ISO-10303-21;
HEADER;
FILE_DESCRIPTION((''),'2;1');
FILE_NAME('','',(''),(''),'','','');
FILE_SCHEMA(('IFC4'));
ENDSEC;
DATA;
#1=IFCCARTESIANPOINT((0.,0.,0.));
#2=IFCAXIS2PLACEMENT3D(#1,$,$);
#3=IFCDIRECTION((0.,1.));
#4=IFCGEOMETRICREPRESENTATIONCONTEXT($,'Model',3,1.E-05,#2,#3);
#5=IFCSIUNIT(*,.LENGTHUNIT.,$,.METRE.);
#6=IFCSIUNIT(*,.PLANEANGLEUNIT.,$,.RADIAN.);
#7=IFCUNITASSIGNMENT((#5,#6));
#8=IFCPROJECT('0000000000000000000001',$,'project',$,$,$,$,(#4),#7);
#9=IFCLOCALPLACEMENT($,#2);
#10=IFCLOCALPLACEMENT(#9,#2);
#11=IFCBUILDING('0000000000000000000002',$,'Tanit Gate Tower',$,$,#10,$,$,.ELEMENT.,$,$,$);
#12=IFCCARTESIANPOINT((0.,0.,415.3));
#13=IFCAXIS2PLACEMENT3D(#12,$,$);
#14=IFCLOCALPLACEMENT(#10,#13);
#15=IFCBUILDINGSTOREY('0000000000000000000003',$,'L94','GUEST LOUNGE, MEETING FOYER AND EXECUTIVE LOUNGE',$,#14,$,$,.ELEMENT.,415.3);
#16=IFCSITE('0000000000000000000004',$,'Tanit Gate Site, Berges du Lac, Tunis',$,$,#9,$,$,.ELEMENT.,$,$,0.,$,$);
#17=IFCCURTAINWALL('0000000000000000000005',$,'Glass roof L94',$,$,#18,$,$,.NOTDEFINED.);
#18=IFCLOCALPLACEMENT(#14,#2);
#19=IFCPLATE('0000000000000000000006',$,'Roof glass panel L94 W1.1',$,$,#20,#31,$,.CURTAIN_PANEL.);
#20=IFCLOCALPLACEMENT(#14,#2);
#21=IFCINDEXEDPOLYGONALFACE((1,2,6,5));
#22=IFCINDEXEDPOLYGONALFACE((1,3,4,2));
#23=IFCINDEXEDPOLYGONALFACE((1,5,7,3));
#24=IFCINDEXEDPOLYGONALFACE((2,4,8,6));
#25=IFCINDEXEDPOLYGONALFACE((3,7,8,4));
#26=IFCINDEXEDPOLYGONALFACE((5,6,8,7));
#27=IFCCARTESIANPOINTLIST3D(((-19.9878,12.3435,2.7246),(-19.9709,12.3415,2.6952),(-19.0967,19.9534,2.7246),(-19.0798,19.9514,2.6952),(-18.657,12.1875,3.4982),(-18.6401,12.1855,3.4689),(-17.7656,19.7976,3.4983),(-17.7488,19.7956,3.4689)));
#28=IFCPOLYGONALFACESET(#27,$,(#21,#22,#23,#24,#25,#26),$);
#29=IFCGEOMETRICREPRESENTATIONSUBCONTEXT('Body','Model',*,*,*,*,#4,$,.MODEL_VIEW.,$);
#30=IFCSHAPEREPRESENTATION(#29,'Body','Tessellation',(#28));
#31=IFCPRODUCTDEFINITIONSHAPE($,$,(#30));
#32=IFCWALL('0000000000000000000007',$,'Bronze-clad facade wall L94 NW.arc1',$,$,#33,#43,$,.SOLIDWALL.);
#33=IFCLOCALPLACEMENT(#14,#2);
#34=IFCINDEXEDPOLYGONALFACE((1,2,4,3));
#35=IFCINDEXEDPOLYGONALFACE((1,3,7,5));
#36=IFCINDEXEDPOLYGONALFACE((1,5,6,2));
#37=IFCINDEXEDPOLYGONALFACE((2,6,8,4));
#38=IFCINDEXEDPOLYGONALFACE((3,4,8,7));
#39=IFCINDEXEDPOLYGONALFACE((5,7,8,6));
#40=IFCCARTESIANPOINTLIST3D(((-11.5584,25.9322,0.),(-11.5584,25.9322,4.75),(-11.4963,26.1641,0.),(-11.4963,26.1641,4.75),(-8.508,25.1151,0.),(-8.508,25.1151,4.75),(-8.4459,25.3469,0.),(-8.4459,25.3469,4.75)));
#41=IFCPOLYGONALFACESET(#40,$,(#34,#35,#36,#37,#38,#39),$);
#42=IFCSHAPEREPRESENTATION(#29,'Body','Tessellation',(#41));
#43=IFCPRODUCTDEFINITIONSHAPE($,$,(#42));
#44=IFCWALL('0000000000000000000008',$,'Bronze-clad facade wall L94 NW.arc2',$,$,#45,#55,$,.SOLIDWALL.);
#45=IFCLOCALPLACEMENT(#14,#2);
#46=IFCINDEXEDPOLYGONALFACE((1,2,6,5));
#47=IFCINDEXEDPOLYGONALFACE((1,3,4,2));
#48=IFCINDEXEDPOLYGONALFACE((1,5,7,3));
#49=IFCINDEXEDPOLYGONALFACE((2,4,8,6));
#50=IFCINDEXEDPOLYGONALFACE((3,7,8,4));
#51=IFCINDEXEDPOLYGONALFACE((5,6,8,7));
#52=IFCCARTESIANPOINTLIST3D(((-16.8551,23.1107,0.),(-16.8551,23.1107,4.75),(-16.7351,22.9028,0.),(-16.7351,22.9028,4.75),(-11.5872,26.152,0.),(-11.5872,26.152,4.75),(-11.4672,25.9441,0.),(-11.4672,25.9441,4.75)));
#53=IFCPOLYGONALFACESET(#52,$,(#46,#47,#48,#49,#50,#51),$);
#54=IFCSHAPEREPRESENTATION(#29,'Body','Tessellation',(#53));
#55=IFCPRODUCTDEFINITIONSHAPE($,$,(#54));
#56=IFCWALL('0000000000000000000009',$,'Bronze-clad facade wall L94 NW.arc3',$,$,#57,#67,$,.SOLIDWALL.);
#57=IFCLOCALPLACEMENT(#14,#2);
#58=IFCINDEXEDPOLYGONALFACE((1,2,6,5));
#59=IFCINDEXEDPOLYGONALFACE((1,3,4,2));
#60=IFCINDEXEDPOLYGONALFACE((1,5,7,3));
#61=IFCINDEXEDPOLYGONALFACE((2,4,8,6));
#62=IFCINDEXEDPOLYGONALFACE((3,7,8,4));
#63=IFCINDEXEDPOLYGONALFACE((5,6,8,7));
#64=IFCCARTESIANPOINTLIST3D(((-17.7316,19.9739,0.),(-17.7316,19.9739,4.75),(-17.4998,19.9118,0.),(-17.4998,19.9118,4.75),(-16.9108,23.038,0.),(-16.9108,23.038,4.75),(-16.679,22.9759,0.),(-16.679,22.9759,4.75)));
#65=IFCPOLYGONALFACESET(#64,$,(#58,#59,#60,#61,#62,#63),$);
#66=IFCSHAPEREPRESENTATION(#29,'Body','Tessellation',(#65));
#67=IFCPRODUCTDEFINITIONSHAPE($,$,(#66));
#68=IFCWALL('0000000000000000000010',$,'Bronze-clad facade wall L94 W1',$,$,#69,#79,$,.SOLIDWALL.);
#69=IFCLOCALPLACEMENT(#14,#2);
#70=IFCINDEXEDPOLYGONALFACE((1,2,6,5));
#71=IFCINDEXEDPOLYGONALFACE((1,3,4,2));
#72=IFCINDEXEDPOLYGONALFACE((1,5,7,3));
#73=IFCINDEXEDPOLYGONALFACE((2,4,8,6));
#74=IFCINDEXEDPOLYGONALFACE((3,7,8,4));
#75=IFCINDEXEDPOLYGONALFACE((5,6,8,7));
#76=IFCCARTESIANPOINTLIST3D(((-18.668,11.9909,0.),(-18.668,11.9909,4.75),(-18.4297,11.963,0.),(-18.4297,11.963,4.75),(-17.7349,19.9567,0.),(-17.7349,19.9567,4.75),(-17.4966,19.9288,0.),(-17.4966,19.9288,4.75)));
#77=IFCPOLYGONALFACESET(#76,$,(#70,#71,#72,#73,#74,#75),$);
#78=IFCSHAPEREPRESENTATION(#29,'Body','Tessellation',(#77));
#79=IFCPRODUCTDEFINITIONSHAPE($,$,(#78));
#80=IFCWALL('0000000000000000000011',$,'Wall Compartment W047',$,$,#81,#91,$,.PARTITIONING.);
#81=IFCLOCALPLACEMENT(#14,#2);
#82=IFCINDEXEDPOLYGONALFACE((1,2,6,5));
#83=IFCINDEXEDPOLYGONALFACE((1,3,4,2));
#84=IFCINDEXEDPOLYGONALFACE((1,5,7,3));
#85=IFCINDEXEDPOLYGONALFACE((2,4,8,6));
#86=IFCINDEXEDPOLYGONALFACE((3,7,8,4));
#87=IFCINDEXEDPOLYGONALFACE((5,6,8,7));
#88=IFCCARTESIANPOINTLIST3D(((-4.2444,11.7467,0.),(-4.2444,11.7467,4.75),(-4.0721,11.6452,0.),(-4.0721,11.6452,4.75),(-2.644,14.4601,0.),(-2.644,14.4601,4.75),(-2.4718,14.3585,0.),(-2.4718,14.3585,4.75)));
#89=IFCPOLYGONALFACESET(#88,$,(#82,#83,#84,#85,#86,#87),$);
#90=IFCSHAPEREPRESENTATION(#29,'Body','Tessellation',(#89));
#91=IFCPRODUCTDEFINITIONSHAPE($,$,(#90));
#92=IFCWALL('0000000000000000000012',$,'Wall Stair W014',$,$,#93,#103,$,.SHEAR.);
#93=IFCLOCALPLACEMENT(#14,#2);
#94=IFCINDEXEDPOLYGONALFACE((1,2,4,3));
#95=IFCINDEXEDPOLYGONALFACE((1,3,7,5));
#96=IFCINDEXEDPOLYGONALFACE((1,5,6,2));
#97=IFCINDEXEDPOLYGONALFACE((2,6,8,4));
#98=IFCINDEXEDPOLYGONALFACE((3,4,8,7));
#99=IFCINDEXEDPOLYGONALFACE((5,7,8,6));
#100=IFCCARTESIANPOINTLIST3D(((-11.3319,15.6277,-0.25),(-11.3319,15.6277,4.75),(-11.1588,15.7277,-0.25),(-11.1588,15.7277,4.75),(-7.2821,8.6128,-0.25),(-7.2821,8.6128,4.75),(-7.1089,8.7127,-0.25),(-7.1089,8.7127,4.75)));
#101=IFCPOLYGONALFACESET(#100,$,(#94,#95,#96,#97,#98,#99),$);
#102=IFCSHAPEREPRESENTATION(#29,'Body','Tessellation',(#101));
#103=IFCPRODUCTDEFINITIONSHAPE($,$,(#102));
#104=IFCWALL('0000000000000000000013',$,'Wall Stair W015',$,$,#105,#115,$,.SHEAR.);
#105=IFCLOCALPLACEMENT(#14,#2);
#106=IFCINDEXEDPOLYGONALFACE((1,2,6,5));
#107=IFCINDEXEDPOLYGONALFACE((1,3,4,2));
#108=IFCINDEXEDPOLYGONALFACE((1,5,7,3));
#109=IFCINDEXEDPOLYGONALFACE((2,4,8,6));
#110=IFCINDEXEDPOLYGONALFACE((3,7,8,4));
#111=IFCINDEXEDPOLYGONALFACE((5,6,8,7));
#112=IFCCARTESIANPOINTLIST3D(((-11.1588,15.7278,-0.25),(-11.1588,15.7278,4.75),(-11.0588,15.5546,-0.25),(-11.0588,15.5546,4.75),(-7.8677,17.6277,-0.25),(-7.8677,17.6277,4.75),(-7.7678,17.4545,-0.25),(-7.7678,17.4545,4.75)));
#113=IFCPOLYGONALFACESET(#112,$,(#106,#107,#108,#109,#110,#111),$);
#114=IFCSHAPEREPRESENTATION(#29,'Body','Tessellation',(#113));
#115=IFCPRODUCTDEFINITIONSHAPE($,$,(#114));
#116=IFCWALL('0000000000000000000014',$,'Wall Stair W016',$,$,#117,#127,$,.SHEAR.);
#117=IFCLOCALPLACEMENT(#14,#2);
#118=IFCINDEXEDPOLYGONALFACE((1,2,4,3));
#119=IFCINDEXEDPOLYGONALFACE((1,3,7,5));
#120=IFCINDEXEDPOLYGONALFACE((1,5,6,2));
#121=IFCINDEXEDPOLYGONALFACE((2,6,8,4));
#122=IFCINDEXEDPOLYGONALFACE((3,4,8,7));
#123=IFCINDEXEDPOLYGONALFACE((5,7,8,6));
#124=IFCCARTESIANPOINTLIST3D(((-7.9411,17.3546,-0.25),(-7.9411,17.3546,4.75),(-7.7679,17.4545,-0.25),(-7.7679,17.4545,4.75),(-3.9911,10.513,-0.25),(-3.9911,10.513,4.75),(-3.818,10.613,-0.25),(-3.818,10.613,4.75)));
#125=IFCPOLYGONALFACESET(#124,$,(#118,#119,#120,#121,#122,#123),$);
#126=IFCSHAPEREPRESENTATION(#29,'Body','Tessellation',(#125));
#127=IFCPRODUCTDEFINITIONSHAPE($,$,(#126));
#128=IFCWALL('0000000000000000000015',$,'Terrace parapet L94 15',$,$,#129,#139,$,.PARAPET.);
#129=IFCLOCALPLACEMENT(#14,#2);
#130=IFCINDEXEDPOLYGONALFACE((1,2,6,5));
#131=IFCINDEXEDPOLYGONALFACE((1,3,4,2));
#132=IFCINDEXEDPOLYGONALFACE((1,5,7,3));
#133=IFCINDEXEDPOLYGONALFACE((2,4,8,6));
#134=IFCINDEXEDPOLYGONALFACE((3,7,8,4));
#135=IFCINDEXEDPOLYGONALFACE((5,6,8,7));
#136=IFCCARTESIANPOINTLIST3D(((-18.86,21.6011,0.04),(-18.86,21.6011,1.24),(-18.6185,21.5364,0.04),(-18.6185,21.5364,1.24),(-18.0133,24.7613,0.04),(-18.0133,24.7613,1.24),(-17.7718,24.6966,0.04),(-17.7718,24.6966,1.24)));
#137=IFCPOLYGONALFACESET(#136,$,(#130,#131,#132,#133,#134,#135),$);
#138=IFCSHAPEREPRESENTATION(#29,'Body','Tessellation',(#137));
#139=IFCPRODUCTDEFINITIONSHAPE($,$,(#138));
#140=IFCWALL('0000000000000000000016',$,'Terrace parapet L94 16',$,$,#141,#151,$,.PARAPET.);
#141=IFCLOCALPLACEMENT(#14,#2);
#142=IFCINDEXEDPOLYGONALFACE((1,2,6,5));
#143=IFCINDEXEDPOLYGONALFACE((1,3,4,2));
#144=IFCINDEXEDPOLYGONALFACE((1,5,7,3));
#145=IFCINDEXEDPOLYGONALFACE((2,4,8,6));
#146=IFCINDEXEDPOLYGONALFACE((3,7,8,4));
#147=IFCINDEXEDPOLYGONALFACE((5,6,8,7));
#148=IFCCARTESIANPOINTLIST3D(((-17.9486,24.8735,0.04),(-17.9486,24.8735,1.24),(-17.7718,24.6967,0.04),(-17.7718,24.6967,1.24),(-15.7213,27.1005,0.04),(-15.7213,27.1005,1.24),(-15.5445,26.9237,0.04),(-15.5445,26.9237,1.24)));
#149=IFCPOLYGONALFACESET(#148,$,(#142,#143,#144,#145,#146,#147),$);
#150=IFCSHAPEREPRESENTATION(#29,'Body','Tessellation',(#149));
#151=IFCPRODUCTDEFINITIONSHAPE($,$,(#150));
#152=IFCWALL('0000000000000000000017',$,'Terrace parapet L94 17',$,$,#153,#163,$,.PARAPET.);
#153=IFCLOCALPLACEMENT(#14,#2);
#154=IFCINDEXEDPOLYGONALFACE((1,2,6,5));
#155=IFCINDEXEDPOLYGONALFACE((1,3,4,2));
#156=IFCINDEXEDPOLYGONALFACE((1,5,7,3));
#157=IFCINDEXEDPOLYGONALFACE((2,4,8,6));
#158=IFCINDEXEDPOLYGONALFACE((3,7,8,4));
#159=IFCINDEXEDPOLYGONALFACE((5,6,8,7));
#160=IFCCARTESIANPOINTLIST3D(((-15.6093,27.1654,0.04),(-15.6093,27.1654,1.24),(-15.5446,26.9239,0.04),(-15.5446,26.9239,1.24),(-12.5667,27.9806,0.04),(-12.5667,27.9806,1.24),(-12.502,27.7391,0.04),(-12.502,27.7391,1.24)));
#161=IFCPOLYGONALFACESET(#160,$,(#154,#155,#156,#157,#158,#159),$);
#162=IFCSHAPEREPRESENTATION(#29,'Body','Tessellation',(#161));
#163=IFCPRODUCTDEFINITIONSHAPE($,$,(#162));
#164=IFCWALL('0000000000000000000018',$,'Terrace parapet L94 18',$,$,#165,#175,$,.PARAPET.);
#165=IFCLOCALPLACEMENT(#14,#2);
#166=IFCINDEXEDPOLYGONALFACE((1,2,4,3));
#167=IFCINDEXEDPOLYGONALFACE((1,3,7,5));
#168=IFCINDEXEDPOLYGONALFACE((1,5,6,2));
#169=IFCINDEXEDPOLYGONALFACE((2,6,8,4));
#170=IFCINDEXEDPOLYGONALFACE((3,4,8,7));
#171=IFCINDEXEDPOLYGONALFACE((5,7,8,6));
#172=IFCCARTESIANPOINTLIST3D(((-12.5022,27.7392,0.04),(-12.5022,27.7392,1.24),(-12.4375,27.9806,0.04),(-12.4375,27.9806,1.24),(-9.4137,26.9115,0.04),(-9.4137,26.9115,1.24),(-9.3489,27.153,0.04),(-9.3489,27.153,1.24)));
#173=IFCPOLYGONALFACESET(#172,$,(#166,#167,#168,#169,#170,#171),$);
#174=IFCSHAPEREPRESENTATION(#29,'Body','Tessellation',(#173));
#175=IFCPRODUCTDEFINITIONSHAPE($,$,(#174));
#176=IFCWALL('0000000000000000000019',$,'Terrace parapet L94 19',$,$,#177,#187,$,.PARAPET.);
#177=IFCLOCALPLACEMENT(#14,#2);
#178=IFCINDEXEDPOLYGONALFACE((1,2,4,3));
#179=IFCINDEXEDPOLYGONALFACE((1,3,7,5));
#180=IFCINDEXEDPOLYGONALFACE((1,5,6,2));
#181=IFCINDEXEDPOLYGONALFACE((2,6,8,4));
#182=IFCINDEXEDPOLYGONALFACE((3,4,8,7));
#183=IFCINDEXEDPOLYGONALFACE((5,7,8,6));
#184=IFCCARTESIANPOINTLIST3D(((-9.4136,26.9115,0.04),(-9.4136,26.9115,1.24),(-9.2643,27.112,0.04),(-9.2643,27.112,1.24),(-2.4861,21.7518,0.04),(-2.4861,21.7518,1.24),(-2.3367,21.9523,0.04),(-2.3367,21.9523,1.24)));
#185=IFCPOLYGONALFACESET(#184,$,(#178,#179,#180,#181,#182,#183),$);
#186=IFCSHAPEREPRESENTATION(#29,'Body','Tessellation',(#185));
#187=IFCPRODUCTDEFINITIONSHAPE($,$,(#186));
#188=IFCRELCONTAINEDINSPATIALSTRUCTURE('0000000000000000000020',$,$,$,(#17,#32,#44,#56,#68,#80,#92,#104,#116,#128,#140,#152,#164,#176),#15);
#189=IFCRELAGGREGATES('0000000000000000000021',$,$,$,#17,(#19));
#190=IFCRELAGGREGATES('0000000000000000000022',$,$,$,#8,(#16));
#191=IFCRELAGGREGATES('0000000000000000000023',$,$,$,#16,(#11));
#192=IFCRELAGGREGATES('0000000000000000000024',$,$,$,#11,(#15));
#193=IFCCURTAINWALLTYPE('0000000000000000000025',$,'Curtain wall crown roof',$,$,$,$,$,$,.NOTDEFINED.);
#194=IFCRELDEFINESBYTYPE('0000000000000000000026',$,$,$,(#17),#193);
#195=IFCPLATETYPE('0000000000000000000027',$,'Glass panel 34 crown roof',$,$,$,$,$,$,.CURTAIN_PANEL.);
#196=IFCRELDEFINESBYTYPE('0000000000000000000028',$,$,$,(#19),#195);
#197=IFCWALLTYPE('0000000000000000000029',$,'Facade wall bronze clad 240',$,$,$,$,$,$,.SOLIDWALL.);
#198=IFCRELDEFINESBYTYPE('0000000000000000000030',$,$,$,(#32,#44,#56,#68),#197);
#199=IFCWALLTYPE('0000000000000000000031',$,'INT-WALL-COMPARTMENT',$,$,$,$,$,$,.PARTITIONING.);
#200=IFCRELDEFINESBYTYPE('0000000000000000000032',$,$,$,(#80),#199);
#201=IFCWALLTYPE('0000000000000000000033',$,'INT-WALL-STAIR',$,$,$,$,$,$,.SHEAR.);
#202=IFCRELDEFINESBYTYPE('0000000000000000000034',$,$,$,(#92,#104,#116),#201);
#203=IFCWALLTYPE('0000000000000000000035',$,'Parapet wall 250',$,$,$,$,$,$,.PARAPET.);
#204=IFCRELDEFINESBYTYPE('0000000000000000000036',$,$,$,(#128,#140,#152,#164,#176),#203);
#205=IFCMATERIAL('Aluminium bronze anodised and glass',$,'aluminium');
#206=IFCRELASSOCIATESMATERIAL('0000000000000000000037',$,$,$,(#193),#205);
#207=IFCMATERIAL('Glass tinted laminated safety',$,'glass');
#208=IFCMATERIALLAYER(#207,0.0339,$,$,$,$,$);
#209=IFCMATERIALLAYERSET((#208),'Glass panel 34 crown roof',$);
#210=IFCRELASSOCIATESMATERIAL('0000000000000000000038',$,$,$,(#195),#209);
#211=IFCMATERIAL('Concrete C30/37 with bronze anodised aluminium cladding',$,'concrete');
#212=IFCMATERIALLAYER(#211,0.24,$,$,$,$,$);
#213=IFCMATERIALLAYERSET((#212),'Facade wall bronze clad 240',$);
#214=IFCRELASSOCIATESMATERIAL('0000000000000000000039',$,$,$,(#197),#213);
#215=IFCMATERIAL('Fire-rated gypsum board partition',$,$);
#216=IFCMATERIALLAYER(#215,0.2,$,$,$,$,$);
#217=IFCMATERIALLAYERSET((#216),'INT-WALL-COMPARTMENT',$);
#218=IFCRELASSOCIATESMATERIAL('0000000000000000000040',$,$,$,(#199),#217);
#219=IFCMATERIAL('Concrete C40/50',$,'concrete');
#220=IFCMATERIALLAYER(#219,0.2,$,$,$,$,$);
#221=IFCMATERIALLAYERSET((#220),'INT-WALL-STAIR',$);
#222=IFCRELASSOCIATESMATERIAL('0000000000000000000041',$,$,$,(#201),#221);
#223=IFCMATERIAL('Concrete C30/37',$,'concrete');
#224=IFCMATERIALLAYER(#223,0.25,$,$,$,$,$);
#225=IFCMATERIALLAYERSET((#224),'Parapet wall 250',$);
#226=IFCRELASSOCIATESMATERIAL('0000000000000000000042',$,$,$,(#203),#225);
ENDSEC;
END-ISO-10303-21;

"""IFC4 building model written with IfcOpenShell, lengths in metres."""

from ifc_helpers import new_model, si_unit, direction, frame, frame_2d, origin, place, context, subcontext, project, spatial, polyline, rectangle, outline, extrude, material, layer, layer_set, type_object, element, aggregate, save


model = new_model("IFC4")

# Units and contexts
model_context = context("Model", 3, precision=1e-05, world=origin(), true_north=direction((0.0, 1.0)))
body_context = subcontext(model_context, "Body", "Model", "MODEL_VIEW")
ifc_project = project(units=[si_unit("LENGTHUNIT", "METRE"), si_unit("PLANEANGLEUNIT", "RADIAN")], contexts=[model_context])

# Site, building, storey
site_placement = place(None, origin())
site = spatial("IfcSite", under=ifc_project, at=site_placement, Name="Tanit Gate Site, Berges du Lac, Tunis", CompositionType="ELEMENT", RefElevation=0.0)
building_placement = place(site_placement, origin())
building = spatial("IfcBuilding", under=site, at=building_placement, Name="Tanit Gate Tower", CompositionType="ELEMENT")
storey_placement = place(building_placement, frame((0.0, 0.0, 415.3)))
storey = spatial("IfcBuildingStorey", under=building, at=storey_placement, Name="L94", Description="GUEST LOUNGE, MEETING FOYER AND EXECUTIVE LOUNGE", CompositionType="ELEMENT", Elevation=415.3)

# Curtain wall
ifc_material_1 = material(Name="Aluminium bronze anodised and glass", Category="aluminium")
curtain_wall_type = type_object("IfcCurtainWallType", Name="Curtain wall crown roof", PredefinedType="NOTDEFINED", material=ifc_material_1)
curtain_wall_placement = place(storey_placement, origin())
curtain_wall = element("IfcCurtainWall", 1, at=curtain_wall_placement, inside=storey, type_object=curtain_wall_type, Name="Glass roof L94", PredefinedType="NOTDEFINED")

# Plate
ifc_material_2 = material(Name="Glass tinted laminated safety", Category="glass")
ifc_layer_1 = layer(ifc_material_2, 0.0339)
ifc_layer_set_1 = layer_set([ifc_layer_1], Name="Glass panel 34 crown roof")
plate_type = type_object("IfcPlateType", Name="Glass panel 34 crown roof", PredefinedType="CURTAIN_PANEL", material=ifc_layer_set_1)
plate_1_placement = place(storey_placement, frame((-17.7656, 19.7976, 3.4983), z_axis=(-0.496613, 0.05816, 0.866021), x_axis=(-0.116329, -0.993211, -0.000006)))
plate_1 = element("IfcPlate", 2, at=plate_1_placement, type_object=plate_type, Name="Roof glass panel L94 W1.1", PredefinedType="CURTAIN_PANEL", context=body_context, shape_type="SweptSolid", body=[
    extrude(outline(polyline([(0.0, 0.0), (7.6621, 0.0), (7.662, -1.5472), (0.0001, -1.5474), (0.0, 0.0)])), origin(), (0.0, 0.0, -1.0), 0.0339),
])
aggregate(curtain_wall, [plate_1])

# Walls
ifc_material_3 = material(Name="Concrete C30/37 with bronze anodised aluminium cladding", Category="concrete")
ifc_layer_2 = layer(ifc_material_3, 0.24)
ifc_layer_set_2 = layer_set([ifc_layer_2], Name="Facade wall bronze clad 240")
wall_type_1 = type_object("IfcWallType", Name="Facade wall bronze clad 240", PredefinedType="SOLIDWALL", material=ifc_layer_set_2)
wall_1_placement = place(storey_placement, frame((-8.4768, 25.231, 0.0), z_axis=(0.0, 0.0, 1.0), x_axis=(-0.96594, 0.258764, 0.0)))
element("IfcWall", 3, at=wall_1_placement, inside=storey, type_object=wall_type_1, Name="Bronze-clad facade wall L94 NW.arc1", PredefinedType="SOLIDWALL", context=body_context, shape_type="SweptSolid", body=[
    extrude(rectangle(XDim=3.158, YDim=0.24, at=frame_2d((1.5791, 0.0))), origin(), (0.0, 0.0, 1.0), 4.75),
])
wall_2_placement = place(storey_placement, frame((-11.5271, 26.0481, 0.0), z_axis=(0.0, 0.0, 1.0), x_axis=(-0.866034, -0.499985, 0.0)))
element("IfcWall", 4, at=wall_2_placement, inside=storey, type_object=wall_type_1, Name="Bronze-clad facade wall L94 NW.arc2", PredefinedType="SOLIDWALL", context=body_context, shape_type="SweptSolid", body=[
    extrude(rectangle(XDim=6.0828, YDim=0.24, at=frame_2d((3.0415, 0.0))), origin(), (0.0, 0.0, 1.0), 4.75),
])
wall_3_placement = place(storey_placement, frame((-16.7949, 23.0068, 0.0), z_axis=(0.0, 0.0, 1.0), x_axis=(-0.258764, -0.96594, 0.0)))
element("IfcWall", 5, at=wall_3_placement, inside=storey, type_object=wall_type_1, Name="Bronze-clad facade wall L94 NW.arc3", PredefinedType="SOLIDWALL", context=body_context, shape_type="SweptSolid", body=[
    extrude(rectangle(XDim=3.1721, YDim=0.24, at=frame_2d((1.5859, 0.0))), origin(), (0.0, 0.0, 1.0), 4.75),
])
wall_4_placement = place(storey_placement, frame((-17.6157, 19.9429, 0.0), z_axis=(0.0, 0.0, 1.0), x_axis=(-0.116343, -0.993209, 0.0)))
element("IfcWall", 6, at=wall_4_placement, inside=storey, type_object=wall_type_1, Name="Bronze-clad facade wall L94 W1", PredefinedType="SOLIDWALL", context=body_context, shape_type="SweptSolid", body=[
    extrude(rectangle(XDim=8.0203, YDim=0.24, at=frame_2d((4.0103, 0.0))), origin(), (0.0, 0.0, 1.0), 4.75),
])
ifc_material_4 = material(Name="Fire-rated gypsum board partition")
ifc_layer_3 = layer(ifc_material_4, 0.2)
ifc_layer_set_3 = layer_set([ifc_layer_3], Name="INT-WALL-COMPARTMENT")
wall_type_2 = type_object("IfcWallType", Name="INT-WALL-COMPARTMENT", PredefinedType="PARTITIONING", material=ifc_layer_set_3)
wall_5_placement = place(storey_placement, frame((-2.5579, 14.4094, 0.0), z_axis=(0.0, 0.0, 1.0), x_axis=(-0.508019, -0.861346, 0.0)))
element("IfcWall", 7, at=wall_5_placement, inside=storey, type_object=wall_type_2, Name="Wall Compartment W047", PredefinedType="PARTITIONING", context=body_context, shape_type="SweptSolid", body=[
    extrude(rectangle(XDim=3.1501, YDim=0.2, at=frame_2d((1.5752, 0.0))), origin(), (0.0, 0.0, 1.0), 4.75),
])
ifc_material_5 = material(Name="Concrete C40/50", Category="concrete")
ifc_layer_4 = layer(ifc_material_5, 0.2)
ifc_layer_set_4 = layer_set([ifc_layer_4], Name="INT-WALL-STAIR")
wall_type_3 = type_object("IfcWallType", Name="INT-WALL-STAIR", PredefinedType="SHEAR", material=ifc_layer_set_4)
wall_6_placement = place(storey_placement, frame((-11.2454, 15.6777, -0.25), z_axis=(0.0, 0.0, 1.0), x_axis=(0.499977, -0.866039, 0.0)))
element("IfcWall", 8, at=wall_6_placement, inside=storey, type_object=wall_type_3, Name="Wall Stair W014", PredefinedType="SHEAR", context=body_context, shape_type="SweptSolid", body=[
    extrude(rectangle(XDim=8.1001, YDim=0.2, at=frame_2d((4.05, 0.0))), origin(), (0.0, 0.0, 1.0), 5.0),
])
wall_7_placement = place(storey_placement, frame((-7.8179, 17.541, -0.25), z_axis=(0.0, 0.0, 1.0), x_axis=(-0.866044, -0.499967, 0.0)))
element("IfcWall", 9, at=wall_7_placement, inside=storey, type_object=wall_type_3, Name="Wall Stair W015", PredefinedType="SHEAR", context=body_context, shape_type="SweptSolid", body=[
    extrude(rectangle(XDim=3.8, YDim=0.2, at=frame_2d((1.8999, 0.0))), origin(), (0.0, 0.0, 1.0), 5.0),
])
wall_8_placement = place(storey_placement, frame((-7.8545, 17.4045, -0.25), z_axis=(0.0, 0.0, 1.0), x_axis=(0.499998, -0.866027, 0.0)))
element("IfcWall", 10, at=wall_8_placement, inside=storey, type_object=wall_type_3, Name="Wall Stair W016", PredefinedType="SHEAR", context=body_context, shape_type="SweptSolid", body=[
    extrude(rectangle(XDim=7.8999, YDim=0.2, at=frame_2d((3.95, 0.0))), origin(), (0.0, 0.0, 1.0), 5.0),
])
ifc_material_6 = material(Name="Concrete C30/37", Category="concrete")
ifc_layer_5 = layer(ifc_material_6, 0.25)
ifc_layer_set_5 = layer_set([ifc_layer_5], Name="Parapet wall 250")
wall_type_4 = type_object("IfcWallType", Name="Parapet wall 250", PredefinedType="PARAPET", material=ifc_layer_set_5)
wall_9_placement = place(storey_placement, frame((-18.7393, 21.5688, 0.04), z_axis=(0.0, 0.0, 1.0), x_axis=(0.258796, 0.965932, 0.0)))
element("IfcWall", 11, at=wall_9_placement, inside=storey, type_object=wall_type_4, Name="Terrace parapet L94 15", PredefinedType="PARAPET", context=body_context, shape_type="SweptSolid", body=[
    extrude(rectangle(XDim=3.2717, YDim=0.25, at=frame_2d((1.6357, 0.0))), origin(), (0.0, 0.0, 1.0), 1.2),
])
wall_10_placement = place(storey_placement, frame((-17.8601, 24.7852, 0.04), z_axis=(0.0, 0.0, 1.0), x_axis=(0.707146, 0.707068, 0.0)))
element("IfcWall", 12, at=wall_10_placement, inside=storey, type_object=wall_type_4, Name="Terrace parapet L94 16", PredefinedType="PARAPET", context=body_context, shape_type="SweptSolid", body=[
    extrude(rectangle(XDim=3.1497, YDim=0.25, at=frame_2d((1.5747, 0.0))), origin(), (0.0, 0.0, 1.0), 1.2),
])
wall_11_placement = place(storey_placement, frame((-15.5769, 27.0447, 0.04), z_axis=(0.0, 0.0, 1.0), x_axis=(0.965929, 0.258806, 0.0)))
element("IfcWall", 13, at=wall_11_placement, inside=storey, type_object=wall_type_4, Name="Terrace parapet L94 17", PredefinedType="PARAPET", context=body_context, shape_type="SweptSolid", body=[
    extrude(rectangle(XDim=3.1499, YDim=0.25, at=frame_2d((1.575, 0.0))), origin(), (0.0, 0.0, 1.0), 1.2),
])
wall_12_placement = place(storey_placement, frame((-12.4697, 27.8599, 0.04), z_axis=(0.0, 0.0, 1.0), x_axis=(0.965922, -0.258831, 0.0)))
element("IfcWall", 14, at=wall_12_placement, inside=storey, type_object=wall_type_4, Name="Terrace parapet L94 18", PredefinedType="PARAPET", context=body_context, shape_type="SweptSolid", body=[
    extrude(rectangle(XDim=3.1975, YDim=0.25, at=frame_2d((1.5986, 0.0))), origin(), (0.0, 0.0, 1.0), 1.2),
])
wall_13_placement = place(storey_placement, frame((-9.3389, 27.0117, 0.04), z_axis=(0.0, 0.0, 1.0), x_axis=(0.801993, -0.597333, 0.0)))
element("IfcWall", 15, at=wall_13_placement, inside=storey, type_object=wall_type_4, Name="Terrace parapet L94 19", PredefinedType="PARAPET", context=body_context, shape_type="SweptSolid", body=[
    extrude(rectangle(XDim=8.6379, YDim=0.25, at=frame_2d((4.3188, 0.0))), origin(), (0.0, 0.0, 1.0), 1.2),
])

save(model, "model.ifc")
